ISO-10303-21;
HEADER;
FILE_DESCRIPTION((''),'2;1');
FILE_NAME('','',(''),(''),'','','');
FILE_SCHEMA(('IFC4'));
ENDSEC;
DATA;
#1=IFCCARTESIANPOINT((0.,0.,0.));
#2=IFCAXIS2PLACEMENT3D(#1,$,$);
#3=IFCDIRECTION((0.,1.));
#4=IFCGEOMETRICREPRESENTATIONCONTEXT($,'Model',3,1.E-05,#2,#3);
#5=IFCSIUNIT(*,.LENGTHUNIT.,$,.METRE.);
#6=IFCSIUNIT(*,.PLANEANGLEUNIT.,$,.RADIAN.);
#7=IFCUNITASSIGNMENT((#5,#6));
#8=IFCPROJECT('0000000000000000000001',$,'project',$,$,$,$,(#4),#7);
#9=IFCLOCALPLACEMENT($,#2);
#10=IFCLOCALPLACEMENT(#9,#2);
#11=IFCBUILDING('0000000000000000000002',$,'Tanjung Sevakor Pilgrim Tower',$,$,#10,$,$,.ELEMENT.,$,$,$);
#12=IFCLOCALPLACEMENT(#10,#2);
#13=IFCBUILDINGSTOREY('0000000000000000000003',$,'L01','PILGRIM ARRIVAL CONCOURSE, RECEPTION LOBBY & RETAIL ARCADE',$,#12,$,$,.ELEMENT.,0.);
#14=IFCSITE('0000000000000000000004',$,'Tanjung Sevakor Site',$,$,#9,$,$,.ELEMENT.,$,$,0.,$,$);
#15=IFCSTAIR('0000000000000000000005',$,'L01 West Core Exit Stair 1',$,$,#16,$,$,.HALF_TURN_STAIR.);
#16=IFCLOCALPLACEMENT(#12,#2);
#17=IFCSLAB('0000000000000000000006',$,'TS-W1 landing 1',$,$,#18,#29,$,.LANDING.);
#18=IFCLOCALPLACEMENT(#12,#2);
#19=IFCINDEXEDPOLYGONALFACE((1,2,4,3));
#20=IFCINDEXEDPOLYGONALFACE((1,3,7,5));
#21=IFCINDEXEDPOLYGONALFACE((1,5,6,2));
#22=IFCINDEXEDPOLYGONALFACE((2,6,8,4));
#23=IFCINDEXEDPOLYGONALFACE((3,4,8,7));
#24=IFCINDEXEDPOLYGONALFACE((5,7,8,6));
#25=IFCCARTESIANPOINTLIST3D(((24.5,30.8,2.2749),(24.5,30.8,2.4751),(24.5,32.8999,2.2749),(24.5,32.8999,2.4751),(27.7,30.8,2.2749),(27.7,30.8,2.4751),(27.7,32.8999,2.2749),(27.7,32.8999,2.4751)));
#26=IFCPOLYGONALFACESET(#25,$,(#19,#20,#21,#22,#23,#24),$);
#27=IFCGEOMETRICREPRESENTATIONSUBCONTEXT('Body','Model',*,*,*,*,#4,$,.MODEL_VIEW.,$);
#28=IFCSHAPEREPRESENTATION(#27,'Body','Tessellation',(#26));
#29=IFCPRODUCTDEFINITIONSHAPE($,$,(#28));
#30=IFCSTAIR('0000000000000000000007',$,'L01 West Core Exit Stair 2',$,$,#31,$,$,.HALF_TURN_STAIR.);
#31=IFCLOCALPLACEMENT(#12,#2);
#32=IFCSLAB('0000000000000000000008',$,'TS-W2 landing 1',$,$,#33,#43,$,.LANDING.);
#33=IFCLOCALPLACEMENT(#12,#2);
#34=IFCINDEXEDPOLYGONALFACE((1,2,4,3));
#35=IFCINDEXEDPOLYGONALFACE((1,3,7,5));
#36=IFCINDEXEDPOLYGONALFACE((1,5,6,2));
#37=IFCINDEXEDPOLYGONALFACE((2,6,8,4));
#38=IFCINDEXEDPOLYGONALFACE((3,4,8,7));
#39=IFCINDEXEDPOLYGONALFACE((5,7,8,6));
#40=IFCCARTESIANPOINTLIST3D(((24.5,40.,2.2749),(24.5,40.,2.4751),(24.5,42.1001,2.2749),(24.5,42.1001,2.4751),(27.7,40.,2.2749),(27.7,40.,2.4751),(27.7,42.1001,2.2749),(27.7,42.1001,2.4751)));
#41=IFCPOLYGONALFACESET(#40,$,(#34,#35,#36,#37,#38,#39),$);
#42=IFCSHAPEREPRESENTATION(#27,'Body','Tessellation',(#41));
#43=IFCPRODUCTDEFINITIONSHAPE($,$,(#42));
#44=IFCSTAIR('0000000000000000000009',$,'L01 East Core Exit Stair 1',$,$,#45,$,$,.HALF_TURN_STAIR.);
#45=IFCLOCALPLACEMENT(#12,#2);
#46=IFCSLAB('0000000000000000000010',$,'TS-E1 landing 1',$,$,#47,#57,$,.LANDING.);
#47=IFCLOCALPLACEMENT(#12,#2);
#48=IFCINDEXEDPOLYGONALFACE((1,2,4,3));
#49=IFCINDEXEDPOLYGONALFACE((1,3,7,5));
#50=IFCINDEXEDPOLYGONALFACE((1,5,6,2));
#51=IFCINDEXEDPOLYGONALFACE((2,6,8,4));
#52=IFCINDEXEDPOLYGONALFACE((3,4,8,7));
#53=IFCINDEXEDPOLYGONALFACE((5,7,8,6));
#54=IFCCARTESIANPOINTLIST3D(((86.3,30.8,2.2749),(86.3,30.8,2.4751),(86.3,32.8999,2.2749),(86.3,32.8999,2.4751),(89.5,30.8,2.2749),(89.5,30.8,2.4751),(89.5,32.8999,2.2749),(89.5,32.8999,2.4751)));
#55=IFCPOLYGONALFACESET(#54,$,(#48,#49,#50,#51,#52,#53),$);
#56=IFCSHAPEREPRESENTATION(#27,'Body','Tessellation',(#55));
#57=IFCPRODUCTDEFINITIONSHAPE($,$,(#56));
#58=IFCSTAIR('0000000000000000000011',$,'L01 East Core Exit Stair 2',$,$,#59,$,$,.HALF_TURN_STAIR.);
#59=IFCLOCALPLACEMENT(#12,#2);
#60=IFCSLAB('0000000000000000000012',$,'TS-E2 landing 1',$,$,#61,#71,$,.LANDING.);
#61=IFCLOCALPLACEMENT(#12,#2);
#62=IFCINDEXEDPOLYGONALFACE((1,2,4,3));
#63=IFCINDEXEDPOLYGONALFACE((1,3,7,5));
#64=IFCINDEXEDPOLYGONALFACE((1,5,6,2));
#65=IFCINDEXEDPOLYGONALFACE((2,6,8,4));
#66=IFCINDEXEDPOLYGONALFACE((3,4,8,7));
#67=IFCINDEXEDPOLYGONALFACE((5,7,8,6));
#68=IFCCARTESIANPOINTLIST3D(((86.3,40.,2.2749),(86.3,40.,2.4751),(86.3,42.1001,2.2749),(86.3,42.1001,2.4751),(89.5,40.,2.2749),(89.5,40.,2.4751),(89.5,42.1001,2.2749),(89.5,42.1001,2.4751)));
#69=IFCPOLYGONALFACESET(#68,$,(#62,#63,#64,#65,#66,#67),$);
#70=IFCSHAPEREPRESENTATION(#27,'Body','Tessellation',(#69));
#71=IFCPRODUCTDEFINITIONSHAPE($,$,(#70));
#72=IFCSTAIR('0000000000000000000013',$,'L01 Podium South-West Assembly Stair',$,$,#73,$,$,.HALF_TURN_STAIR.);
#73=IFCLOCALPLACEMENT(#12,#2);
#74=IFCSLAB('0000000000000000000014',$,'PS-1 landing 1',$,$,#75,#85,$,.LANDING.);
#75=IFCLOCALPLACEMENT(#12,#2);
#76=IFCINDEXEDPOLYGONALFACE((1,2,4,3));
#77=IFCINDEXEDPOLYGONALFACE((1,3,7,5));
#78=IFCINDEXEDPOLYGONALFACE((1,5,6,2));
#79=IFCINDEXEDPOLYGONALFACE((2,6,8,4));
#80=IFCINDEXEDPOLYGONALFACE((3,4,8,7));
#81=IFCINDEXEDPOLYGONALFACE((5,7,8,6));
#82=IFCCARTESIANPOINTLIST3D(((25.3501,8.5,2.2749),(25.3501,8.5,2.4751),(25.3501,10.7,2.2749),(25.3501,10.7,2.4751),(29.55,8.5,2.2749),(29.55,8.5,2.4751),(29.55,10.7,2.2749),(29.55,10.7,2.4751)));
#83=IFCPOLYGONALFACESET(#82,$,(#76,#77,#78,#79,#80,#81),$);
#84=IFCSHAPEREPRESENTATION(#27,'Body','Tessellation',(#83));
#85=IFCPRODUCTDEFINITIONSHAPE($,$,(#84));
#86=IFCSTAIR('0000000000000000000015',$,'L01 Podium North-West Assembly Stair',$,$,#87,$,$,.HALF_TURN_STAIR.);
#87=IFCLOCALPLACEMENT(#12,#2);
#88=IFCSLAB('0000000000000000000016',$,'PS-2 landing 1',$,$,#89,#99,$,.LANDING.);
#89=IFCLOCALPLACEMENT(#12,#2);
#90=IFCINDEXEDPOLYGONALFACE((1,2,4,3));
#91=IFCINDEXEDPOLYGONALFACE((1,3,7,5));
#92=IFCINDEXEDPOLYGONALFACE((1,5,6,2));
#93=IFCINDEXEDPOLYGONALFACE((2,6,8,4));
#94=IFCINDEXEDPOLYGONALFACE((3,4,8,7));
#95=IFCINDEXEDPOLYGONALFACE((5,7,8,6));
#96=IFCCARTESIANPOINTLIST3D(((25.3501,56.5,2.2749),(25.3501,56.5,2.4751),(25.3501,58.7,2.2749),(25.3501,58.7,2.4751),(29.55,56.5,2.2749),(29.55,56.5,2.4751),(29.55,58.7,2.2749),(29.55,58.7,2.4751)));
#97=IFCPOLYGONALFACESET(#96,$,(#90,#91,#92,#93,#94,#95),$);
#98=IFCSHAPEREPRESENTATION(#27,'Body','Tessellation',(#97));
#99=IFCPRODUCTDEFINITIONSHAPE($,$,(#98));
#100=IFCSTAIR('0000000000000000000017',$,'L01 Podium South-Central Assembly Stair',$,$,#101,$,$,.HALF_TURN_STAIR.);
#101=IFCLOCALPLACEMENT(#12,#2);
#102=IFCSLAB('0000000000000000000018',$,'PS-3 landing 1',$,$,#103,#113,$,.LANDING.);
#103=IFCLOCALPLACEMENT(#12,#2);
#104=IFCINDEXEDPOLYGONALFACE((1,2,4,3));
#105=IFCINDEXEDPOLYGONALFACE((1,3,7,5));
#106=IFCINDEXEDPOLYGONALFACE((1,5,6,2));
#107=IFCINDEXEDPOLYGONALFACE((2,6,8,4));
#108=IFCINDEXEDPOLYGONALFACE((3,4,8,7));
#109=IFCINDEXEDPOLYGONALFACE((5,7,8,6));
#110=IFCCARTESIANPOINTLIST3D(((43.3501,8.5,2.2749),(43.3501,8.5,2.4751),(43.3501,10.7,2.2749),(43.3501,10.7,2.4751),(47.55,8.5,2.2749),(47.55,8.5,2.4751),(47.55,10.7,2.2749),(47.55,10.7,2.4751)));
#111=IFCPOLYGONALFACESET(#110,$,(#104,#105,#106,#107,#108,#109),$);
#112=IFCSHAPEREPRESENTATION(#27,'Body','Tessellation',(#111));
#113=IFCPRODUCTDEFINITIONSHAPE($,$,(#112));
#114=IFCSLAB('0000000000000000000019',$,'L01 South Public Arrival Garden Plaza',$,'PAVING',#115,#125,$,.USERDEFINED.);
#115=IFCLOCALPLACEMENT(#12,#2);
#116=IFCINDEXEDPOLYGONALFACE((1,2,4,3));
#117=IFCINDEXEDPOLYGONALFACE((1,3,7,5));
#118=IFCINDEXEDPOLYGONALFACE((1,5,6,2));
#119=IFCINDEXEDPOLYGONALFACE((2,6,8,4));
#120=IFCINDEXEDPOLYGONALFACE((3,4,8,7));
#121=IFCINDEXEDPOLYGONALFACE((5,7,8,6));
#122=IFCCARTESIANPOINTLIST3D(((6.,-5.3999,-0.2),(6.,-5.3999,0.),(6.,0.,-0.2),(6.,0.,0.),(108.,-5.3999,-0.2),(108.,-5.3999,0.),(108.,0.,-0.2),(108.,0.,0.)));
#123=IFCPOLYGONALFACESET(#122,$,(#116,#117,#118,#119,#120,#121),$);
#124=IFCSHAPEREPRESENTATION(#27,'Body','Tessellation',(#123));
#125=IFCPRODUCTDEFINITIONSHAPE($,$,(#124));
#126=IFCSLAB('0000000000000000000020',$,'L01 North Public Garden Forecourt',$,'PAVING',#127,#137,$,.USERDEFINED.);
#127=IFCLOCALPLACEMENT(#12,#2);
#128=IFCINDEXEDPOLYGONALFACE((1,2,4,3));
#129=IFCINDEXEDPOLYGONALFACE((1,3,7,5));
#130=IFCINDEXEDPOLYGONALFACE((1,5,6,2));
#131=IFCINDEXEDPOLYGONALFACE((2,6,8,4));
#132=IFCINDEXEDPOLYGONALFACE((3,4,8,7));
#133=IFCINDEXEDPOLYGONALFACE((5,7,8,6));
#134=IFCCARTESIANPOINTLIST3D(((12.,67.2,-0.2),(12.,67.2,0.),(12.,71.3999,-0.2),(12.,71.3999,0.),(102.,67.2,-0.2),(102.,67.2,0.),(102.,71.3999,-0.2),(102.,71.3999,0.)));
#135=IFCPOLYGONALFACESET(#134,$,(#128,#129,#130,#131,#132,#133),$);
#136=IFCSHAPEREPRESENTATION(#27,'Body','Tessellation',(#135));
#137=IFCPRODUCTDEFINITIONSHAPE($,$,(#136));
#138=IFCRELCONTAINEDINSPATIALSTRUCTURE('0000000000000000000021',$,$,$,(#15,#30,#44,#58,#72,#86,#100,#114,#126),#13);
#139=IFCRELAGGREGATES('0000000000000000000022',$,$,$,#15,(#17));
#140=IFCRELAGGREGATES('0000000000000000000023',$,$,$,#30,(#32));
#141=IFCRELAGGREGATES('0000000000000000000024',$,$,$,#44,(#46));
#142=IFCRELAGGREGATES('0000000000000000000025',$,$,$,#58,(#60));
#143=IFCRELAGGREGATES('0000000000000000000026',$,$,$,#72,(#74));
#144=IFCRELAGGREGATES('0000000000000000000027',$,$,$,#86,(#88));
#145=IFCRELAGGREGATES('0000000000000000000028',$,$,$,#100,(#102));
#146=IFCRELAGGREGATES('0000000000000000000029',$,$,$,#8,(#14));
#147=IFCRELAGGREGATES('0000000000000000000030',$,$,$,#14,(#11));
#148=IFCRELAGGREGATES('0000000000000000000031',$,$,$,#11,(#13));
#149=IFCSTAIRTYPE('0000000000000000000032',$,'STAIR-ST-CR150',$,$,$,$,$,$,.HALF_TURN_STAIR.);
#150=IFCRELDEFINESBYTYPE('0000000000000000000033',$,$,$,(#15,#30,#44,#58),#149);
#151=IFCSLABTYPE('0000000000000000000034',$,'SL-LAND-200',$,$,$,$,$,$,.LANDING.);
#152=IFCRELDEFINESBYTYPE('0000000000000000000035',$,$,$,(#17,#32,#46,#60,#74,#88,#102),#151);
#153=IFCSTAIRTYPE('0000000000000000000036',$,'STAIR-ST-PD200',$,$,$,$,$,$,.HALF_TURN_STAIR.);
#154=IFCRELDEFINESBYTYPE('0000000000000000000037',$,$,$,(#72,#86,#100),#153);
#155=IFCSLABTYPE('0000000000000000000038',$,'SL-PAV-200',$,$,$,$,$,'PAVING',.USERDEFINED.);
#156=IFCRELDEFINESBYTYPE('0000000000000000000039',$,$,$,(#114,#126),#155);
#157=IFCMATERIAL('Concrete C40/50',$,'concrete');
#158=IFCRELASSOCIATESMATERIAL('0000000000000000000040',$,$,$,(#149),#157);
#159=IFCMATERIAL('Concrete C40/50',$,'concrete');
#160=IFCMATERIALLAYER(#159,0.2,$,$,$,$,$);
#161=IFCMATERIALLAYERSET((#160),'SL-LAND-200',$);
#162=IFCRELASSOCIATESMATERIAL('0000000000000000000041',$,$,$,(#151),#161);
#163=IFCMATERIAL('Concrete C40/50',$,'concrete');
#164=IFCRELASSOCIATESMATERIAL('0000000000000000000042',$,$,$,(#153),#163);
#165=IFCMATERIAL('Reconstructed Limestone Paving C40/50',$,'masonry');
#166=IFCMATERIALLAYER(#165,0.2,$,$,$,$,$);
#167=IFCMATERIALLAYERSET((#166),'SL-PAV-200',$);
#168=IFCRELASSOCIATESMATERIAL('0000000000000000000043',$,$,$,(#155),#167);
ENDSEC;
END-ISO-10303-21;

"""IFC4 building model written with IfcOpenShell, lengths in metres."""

from ifc_helpers import new_model, si_unit, direction, frame, origin, place, context, subcontext, project, spatial, polyline, outline, extrude, material, layer, layer_set, type_object, element, aggregate, save


model = new_model("IFC4")

# Units and contexts
model_context = context("Model", 3, precision=1e-05, world=origin(), true_north=direction((0.0, 1.0)))
body_context = subcontext(model_context, "Body", "Model", "MODEL_VIEW")
ifc_project = project(units=[si_unit("LENGTHUNIT", "METRE"), si_unit("PLANEANGLEUNIT", "RADIAN")], contexts=[model_context])

# Site, building, storey
site_placement = place(None, origin())
site = spatial("IfcSite", under=ifc_project, at=site_placement, Name="Tanjung Sevakor Site", CompositionType="ELEMENT", RefElevation=0.0)
building_placement = place(site_placement, origin())
building = spatial("IfcBuilding", under=site, at=building_placement, Name="Tanjung Sevakor Pilgrim Tower", CompositionType="ELEMENT")
storey_placement = place(building_placement, origin())
storey = spatial("IfcBuildingStorey", under=building, at=storey_placement, Name="L01", Description="PILGRIM ARRIVAL CONCOURSE, RECEPTION LOBBY & RETAIL ARCADE", CompositionType="ELEMENT", Elevation=0.0)

# Stairs, slabs
ifc_material_1 = material(Name="Concrete C40/50", Category="concrete")
stair_type_1 = type_object("IfcStairType", Name="STAIR-ST-CR150", PredefinedType="HALF_TURN_STAIR", material=ifc_material_1)
stair_1_placement = place(storey_placement, origin())
stair_1 = element("IfcStair", 1, at=stair_1_placement, inside=storey, type_object=stair_type_1, Name="L01 West Core Exit Stair 1", PredefinedType="HALF_TURN_STAIR")
ifc_material_2 = material(Name="Concrete C40/50", Category="concrete")
ifc_layer_1 = layer(ifc_material_2, 0.2)
ifc_layer_set_1 = layer_set([ifc_layer_1], Name="SL-LAND-200")
slab_type_1 = type_object("IfcSlabType", Name="SL-LAND-200", PredefinedType="LANDING", material=ifc_layer_set_1)
slab_1_placement = place(storey_placement, frame((0.0, 0.0, 2.2749)))
slab_1 = element("IfcSlab", 2, at=slab_1_placement, type_object=slab_type_1, Name="TS-W1 landing 1", PredefinedType="LANDING", context=body_context, shape_type="SweptSolid", body=[
    extrude(outline(polyline([(27.7, 30.8), (27.7, 32.8999), (24.5, 32.8999), (24.5, 30.8), (27.7, 30.8)])), origin(), (0.0, 0.0, 1.0), 0.2002),
])
aggregate(stair_1, [slab_1])
stair_2_placement = place(storey_placement, origin())
stair_2 = element("IfcStair", 3, at=stair_2_placement, inside=storey, type_object=stair_type_1, Name="L01 West Core Exit Stair 2", PredefinedType="HALF_TURN_STAIR")
slab_2_placement = place(storey_placement, frame((0.0, 0.0, 2.2749)))
slab_2 = element("IfcSlab", 4, at=slab_2_placement, type_object=slab_type_1, Name="TS-W2 landing 1", PredefinedType="LANDING", context=body_context, shape_type="SweptSolid", body=[
    extrude(outline(polyline([(27.7, 40.0), (27.7, 42.1001), (24.5, 42.1001), (24.5, 40.0), (27.7, 40.0)])), origin(), (0.0, 0.0, 1.0), 0.2002),
])
aggregate(stair_2, [slab_2])
stair_3_placement = place(storey_placement, origin())
stair_3 = element("IfcStair", 5, at=stair_3_placement, inside=storey, type_object=stair_type_1, Name="L01 East Core Exit Stair 1", PredefinedType="HALF_TURN_STAIR")
slab_3_placement = place(storey_placement, frame((0.0, 0.0, 2.2749)))
slab_3 = element("IfcSlab", 6, at=slab_3_placement, type_object=slab_type_1, Name="TS-E1 landing 1", PredefinedType="LANDING", context=body_context, shape_type="SweptSolid", body=[
    extrude(outline(polyline([(89.5, 30.8), (89.5, 32.8999), (86.3, 32.8999), (86.3, 30.8), (89.5, 30.8)])), origin(), (0.0, 0.0, 1.0), 0.2002),
])
aggregate(stair_3, [slab_3])
stair_4_placement = place(storey_placement, origin())
stair_4 = element("IfcStair", 7, at=stair_4_placement, inside=storey, type_object=stair_type_1, Name="L01 East Core Exit Stair 2", PredefinedType="HALF_TURN_STAIR")
slab_4_placement = place(storey_placement, frame((0.0, 0.0, 2.2749)))
slab_4 = element("IfcSlab", 8, at=slab_4_placement, type_object=slab_type_1, Name="TS-E2 landing 1", PredefinedType="LANDING", context=body_context, shape_type="SweptSolid", body=[
    extrude(outline(polyline([(89.5, 40.0), (89.5, 42.1001), (86.3, 42.1001), (86.3, 40.0), (89.5, 40.0)])), origin(), (0.0, 0.0, 1.0), 0.2002),
])
aggregate(stair_4, [slab_4])
ifc_material_3 = material(Name="Concrete C40/50", Category="concrete")
stair_type_2 = type_object("IfcStairType", Name="STAIR-ST-PD200", PredefinedType="HALF_TURN_STAIR", material=ifc_material_3)
stair_5_placement = place(storey_placement, origin())
stair_5 = element("IfcStair", 9, at=stair_5_placement, inside=storey, type_object=stair_type_2, Name="L01 Podium South-West Assembly Stair", PredefinedType="HALF_TURN_STAIR")
slab_5_placement = place(storey_placement, frame((0.0, 0.0, 2.2749)))
slab_5 = element("IfcSlab", 10, at=slab_5_placement, type_object=slab_type_1, Name="PS-1 landing 1", PredefinedType="LANDING", context=body_context, shape_type="SweptSolid", body=[
    extrude(outline(polyline([(25.3501, 10.7), (25.3501, 8.5), (29.55, 8.5), (29.55, 10.7), (25.3501, 10.7)])), origin(), (0.0, 0.0, 1.0), 0.2002),
])
aggregate(stair_5, [slab_5])
stair_6_placement = place(storey_placement, origin())
stair_6 = element("IfcStair", 11, at=stair_6_placement, inside=storey, type_object=stair_type_2, Name="L01 Podium North-West Assembly Stair", PredefinedType="HALF_TURN_STAIR")
slab_6_placement = place(storey_placement, frame((0.0, 0.0, 2.2749)))
slab_6 = element("IfcSlab", 12, at=slab_6_placement, type_object=slab_type_1, Name="PS-2 landing 1", PredefinedType="LANDING", context=body_context, shape_type="SweptSolid", body=[
    extrude(outline(polyline([(29.55, 56.5), (29.55, 58.7), (25.3501, 58.7), (25.3501, 56.5), (29.55, 56.5)])), origin(), (0.0, 0.0, 1.0), 0.2002),
])
aggregate(stair_6, [slab_6])
stair_7_placement = place(storey_placement, origin())
stair_7 = element("IfcStair", 13, at=stair_7_placement, inside=storey, type_object=stair_type_2, Name="L01 Podium South-Central Assembly Stair", PredefinedType="HALF_TURN_STAIR")
slab_7_placement = place(storey_placement, frame((0.0, 0.0, 2.2749)))
slab_7 = element("IfcSlab", 14, at=slab_7_placement, type_object=slab_type_1, Name="PS-3 landing 1", PredefinedType="LANDING", context=body_context, shape_type="SweptSolid", body=[
    extrude(outline(polyline([(43.3501, 10.7), (43.3501, 8.5), (47.55, 8.5), (47.55, 10.7), (43.3501, 10.7)])), origin(), (0.0, 0.0, 1.0), 0.2002),
])
aggregate(stair_7, [slab_7])

# Slabs
ifc_material_4 = material(Name="Reconstructed Limestone Paving C40/50", Category="masonry")
ifc_layer_2 = layer(ifc_material_4, 0.2)
ifc_layer_set_2 = layer_set([ifc_layer_2], Name="SL-PAV-200")
slab_type_2 = type_object("IfcSlabType", Name="SL-PAV-200", ElementType="PAVING", PredefinedType="USERDEFINED", material=ifc_layer_set_2)
slab_8_placement = place(storey_placement, frame((0.0, 0.0, -0.2)))
element("IfcSlab", 15, at=slab_8_placement, inside=storey, type_object=slab_type_2, Name="L01 South Public Arrival Garden Plaza", ObjectType="PAVING", PredefinedType="USERDEFINED", context=body_context, shape_type="SweptSolid", body=[
    extrude(outline(polyline([(6.0, -5.3999), (108.0, -5.3999), (108.0, 0.0), (6.0, 0.0), (6.0, -5.3999)])), origin(), (0.0, 0.0, 1.0), 0.2),
])
slab_9_placement = place(storey_placement, frame((0.0, 0.0, -0.2)))
element("IfcSlab", 16, at=slab_9_placement, inside=storey, type_object=slab_type_2, Name="L01 North Public Garden Forecourt", ObjectType="PAVING", PredefinedType="USERDEFINED", context=body_context, shape_type="SweptSolid", body=[
    extrude(outline(polyline([(12.0, 67.2), (102.0, 67.2), (102.0, 71.3999), (12.0, 71.3999), (12.0, 67.2)])), origin(), (0.0, 0.0, 1.0), 0.2),
])

save(model, "model.ifc")
